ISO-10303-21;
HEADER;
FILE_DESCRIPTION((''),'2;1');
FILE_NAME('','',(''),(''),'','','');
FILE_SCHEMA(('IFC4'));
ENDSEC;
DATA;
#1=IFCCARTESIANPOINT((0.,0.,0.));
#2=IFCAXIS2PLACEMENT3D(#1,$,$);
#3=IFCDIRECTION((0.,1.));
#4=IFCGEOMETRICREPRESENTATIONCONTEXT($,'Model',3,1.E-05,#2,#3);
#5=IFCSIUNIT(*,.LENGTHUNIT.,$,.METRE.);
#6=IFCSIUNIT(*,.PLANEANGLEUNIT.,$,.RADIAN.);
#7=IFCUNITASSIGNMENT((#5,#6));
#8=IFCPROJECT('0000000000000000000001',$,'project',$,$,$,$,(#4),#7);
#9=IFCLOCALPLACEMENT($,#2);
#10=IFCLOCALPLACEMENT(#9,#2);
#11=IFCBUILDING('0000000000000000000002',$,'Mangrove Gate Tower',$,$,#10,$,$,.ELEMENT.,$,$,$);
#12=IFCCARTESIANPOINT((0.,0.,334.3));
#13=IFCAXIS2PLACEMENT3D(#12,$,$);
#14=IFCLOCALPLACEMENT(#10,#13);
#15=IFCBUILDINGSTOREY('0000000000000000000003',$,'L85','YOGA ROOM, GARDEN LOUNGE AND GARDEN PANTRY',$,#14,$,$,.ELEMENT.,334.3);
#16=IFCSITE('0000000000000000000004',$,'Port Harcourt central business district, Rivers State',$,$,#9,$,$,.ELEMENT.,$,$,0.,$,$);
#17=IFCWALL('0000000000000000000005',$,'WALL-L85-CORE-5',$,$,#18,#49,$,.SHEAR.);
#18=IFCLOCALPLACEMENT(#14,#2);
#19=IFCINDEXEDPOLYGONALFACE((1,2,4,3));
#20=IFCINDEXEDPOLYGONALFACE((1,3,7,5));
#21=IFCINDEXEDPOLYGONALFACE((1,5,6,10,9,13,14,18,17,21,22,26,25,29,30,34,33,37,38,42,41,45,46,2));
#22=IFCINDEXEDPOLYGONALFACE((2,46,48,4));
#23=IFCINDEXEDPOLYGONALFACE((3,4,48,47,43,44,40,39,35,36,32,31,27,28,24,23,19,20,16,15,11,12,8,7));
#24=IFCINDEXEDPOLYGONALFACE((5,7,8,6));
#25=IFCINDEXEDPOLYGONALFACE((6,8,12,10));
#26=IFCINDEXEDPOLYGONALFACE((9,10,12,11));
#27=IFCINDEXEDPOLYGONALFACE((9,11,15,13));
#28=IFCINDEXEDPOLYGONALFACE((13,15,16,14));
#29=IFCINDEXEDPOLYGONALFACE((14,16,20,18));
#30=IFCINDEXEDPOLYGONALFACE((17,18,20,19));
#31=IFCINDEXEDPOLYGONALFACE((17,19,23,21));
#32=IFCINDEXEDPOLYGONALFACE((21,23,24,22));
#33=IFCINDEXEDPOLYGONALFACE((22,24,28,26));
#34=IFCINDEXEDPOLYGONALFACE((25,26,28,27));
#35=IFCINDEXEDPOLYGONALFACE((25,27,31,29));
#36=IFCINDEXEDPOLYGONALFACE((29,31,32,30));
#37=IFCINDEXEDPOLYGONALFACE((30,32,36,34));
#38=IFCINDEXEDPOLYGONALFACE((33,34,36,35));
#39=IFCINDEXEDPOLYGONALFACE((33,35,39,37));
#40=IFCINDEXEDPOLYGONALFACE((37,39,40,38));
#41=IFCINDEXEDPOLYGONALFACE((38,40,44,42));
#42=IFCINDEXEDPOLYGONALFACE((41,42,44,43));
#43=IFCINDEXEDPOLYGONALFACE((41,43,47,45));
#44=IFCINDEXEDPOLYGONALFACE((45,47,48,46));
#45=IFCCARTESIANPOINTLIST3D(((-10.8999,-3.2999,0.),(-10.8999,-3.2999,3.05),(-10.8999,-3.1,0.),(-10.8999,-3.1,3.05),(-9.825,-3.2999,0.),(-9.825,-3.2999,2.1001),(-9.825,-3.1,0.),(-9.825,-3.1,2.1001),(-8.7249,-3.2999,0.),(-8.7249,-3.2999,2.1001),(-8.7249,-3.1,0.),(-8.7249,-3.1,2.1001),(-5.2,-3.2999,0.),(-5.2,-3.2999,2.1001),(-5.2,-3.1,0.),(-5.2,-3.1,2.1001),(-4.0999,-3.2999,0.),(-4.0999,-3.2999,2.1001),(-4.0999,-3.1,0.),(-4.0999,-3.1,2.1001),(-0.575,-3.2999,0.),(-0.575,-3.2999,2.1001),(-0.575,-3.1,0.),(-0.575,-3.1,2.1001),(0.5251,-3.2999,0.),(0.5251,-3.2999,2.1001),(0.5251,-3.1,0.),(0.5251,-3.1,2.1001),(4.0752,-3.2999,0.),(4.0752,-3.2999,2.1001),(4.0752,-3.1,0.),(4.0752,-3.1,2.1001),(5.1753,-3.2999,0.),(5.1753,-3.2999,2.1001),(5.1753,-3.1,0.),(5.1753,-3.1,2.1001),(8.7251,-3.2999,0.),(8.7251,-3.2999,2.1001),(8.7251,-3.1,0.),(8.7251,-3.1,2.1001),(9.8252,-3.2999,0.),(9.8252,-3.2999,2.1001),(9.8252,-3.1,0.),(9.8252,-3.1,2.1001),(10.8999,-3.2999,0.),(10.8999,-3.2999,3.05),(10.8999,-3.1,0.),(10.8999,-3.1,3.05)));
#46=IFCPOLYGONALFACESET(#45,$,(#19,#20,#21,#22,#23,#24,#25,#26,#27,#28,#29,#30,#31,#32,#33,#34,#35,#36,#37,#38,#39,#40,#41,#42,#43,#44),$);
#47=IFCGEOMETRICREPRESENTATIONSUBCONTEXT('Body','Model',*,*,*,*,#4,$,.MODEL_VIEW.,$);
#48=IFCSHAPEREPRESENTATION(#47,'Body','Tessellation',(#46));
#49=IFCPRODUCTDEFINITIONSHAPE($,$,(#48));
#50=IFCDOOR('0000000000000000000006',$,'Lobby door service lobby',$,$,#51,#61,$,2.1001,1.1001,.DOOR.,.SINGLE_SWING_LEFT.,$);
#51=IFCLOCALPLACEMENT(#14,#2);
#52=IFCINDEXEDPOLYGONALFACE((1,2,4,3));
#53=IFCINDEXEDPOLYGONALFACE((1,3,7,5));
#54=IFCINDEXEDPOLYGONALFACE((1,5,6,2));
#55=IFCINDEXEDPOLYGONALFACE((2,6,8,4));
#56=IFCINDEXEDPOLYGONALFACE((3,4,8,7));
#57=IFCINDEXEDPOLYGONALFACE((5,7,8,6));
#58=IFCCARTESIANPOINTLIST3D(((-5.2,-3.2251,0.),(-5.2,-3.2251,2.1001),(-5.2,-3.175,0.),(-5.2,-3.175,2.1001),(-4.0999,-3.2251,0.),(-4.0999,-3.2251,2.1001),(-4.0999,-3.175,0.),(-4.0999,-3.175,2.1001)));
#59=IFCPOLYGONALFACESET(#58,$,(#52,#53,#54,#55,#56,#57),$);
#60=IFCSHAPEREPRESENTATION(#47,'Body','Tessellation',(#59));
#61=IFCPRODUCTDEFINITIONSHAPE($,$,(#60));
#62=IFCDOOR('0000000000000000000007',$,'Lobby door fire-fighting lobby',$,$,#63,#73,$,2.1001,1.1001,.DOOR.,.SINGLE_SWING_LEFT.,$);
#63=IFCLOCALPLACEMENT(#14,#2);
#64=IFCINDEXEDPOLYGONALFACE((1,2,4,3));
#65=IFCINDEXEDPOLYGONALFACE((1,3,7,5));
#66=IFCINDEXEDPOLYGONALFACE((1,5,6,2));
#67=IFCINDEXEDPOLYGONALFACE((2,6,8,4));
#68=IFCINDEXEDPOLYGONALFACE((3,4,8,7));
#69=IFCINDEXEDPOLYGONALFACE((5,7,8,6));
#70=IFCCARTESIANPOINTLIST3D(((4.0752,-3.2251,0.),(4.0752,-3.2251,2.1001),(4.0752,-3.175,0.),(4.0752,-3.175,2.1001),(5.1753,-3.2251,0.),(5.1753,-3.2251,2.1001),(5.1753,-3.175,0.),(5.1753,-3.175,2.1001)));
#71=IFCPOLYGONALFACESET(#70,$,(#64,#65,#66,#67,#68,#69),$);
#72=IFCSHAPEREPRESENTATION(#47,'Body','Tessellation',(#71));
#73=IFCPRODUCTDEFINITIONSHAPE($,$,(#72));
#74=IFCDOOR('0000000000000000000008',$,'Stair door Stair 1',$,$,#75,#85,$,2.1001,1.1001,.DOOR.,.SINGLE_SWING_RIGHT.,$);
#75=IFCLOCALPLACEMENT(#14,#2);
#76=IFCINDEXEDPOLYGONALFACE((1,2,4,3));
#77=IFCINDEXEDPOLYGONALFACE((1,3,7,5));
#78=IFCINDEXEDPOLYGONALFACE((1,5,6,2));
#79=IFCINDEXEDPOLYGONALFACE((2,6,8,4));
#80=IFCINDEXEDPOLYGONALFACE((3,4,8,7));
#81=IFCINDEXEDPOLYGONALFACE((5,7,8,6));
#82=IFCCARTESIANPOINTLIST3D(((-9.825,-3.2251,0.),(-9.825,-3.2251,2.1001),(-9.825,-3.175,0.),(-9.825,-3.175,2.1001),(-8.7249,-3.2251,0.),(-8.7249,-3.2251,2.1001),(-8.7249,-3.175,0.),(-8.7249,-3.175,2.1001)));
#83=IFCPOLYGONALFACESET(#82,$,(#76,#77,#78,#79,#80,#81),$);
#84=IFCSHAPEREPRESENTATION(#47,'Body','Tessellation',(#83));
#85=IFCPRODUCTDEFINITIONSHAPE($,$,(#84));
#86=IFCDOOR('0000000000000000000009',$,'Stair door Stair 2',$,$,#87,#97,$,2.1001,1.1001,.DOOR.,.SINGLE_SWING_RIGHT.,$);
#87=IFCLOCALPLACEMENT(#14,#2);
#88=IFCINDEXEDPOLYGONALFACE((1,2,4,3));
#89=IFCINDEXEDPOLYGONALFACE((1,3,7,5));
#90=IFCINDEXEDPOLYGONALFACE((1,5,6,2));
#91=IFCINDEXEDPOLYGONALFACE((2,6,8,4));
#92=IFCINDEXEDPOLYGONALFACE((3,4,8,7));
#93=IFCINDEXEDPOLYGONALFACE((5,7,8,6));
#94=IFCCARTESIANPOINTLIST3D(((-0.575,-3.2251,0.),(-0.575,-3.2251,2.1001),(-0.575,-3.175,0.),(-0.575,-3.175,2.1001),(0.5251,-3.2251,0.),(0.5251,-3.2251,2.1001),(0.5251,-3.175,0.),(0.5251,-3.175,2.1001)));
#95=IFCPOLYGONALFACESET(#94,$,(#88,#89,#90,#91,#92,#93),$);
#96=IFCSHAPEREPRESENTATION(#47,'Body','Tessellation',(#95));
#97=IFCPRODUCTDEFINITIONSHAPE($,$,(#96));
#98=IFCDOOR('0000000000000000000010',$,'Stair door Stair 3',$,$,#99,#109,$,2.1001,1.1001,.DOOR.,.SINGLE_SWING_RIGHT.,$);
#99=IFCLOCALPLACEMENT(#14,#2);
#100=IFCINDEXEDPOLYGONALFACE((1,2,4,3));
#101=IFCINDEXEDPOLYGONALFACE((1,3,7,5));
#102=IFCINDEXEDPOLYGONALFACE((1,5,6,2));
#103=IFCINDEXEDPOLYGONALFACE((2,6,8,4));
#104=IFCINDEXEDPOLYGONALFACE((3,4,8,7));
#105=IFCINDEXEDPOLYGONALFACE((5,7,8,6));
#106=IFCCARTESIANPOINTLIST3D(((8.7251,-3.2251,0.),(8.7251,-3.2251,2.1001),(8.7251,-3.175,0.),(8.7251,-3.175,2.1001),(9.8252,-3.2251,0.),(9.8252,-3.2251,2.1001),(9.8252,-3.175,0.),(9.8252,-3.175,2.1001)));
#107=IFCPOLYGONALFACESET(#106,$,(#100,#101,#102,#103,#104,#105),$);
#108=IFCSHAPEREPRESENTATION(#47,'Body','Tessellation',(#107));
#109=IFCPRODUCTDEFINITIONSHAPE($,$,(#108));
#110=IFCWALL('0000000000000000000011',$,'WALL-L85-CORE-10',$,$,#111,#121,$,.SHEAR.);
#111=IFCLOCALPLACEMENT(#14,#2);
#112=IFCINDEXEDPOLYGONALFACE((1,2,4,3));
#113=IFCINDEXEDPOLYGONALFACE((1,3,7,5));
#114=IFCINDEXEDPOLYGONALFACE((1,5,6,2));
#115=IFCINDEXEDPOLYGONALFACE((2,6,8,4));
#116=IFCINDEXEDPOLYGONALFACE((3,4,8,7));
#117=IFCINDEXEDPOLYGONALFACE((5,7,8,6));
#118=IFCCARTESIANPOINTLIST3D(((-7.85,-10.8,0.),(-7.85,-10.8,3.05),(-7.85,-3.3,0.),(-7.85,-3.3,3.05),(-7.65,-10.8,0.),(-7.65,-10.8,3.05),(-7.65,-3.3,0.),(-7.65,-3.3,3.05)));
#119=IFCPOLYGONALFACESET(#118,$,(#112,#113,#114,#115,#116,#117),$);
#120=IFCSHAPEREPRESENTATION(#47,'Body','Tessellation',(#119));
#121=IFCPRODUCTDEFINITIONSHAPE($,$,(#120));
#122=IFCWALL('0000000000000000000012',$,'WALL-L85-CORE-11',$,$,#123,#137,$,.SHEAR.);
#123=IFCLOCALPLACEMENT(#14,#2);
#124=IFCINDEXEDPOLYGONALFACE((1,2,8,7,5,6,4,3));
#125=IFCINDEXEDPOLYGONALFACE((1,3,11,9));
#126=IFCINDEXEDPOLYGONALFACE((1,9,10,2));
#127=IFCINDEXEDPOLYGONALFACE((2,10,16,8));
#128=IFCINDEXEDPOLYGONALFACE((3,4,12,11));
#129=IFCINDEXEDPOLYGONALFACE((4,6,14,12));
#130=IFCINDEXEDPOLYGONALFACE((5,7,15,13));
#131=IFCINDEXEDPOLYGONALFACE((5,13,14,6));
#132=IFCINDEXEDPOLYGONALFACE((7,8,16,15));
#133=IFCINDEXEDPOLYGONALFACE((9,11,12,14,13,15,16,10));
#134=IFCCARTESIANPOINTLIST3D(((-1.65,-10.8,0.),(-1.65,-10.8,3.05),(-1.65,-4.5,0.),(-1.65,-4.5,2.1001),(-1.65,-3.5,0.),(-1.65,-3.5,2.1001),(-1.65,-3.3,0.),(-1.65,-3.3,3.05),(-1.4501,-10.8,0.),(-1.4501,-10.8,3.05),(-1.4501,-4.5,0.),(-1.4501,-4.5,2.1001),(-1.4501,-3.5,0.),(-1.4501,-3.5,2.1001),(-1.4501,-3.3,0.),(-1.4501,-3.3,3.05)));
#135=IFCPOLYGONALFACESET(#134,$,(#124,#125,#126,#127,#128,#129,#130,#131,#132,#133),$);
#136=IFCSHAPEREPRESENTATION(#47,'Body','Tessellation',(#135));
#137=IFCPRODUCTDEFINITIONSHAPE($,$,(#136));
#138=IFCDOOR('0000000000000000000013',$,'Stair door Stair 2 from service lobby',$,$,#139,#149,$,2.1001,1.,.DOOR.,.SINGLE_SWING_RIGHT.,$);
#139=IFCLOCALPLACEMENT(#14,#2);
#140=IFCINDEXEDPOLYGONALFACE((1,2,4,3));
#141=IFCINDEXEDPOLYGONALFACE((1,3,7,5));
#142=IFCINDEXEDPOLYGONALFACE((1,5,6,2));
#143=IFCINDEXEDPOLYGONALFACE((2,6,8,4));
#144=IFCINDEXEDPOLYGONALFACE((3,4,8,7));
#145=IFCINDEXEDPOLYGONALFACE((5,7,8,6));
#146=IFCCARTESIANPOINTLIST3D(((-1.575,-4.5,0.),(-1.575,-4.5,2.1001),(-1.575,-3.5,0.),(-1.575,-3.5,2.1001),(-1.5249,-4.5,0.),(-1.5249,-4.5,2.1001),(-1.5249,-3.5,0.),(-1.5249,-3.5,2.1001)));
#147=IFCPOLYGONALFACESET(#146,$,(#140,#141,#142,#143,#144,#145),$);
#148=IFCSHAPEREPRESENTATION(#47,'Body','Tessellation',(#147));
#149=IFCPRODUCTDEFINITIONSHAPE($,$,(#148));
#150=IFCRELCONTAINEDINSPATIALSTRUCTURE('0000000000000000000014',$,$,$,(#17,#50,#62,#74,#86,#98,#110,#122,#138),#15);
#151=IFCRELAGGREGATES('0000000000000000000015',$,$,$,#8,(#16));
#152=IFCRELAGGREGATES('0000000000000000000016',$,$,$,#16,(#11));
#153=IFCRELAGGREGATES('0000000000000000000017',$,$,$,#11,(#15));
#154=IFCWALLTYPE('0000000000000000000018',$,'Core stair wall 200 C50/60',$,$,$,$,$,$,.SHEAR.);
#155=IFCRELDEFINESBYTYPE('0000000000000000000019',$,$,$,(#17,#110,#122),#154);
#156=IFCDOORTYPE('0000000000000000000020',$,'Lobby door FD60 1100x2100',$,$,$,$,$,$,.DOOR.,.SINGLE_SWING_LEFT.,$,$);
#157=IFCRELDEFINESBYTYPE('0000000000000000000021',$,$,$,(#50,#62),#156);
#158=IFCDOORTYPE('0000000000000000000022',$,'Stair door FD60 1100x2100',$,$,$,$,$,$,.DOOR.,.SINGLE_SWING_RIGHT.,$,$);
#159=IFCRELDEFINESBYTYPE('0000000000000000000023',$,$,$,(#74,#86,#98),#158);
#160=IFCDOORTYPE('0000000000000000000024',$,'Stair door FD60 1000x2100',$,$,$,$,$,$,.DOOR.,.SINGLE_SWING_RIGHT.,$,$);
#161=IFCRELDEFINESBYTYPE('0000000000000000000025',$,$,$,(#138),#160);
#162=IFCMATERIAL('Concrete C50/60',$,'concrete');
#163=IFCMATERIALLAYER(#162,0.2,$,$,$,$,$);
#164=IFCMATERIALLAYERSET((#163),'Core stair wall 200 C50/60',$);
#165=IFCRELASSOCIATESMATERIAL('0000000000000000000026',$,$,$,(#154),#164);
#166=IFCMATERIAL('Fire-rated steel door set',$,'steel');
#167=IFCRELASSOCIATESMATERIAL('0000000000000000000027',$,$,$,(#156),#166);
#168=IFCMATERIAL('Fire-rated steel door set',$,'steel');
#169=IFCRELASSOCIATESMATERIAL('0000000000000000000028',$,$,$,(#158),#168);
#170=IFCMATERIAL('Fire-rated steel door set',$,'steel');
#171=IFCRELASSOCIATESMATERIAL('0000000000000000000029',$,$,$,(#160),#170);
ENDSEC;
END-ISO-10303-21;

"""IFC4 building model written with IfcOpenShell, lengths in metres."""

from ifc_helpers import new_model, si_unit, direction, frame, frame_2d, origin, place, context, subcontext, project, spatial, rectangle, extrude, material, layer, layer_set, type_object, element, fill, save


model = new_model("IFC4")

# Units and contexts
model_context = context("Model", 3, precision=1e-05, world=origin(), true_north=direction((0.0, 1.0)))
body_context = subcontext(model_context, "Body", "Model", "MODEL_VIEW")
ifc_project = project(units=[si_unit("LENGTHUNIT", "METRE"), si_unit("PLANEANGLEUNIT", "RADIAN")], contexts=[model_context])

# Site, building, storey
site_placement = place(None, origin())
site = spatial("IfcSite", under=ifc_project, at=site_placement, Name="Port Harcourt central business district, Rivers State", CompositionType="ELEMENT", RefElevation=0.0)
building_placement = place(site_placement, origin())
building = spatial("IfcBuilding", under=site, at=building_placement, Name="Mangrove Gate Tower", CompositionType="ELEMENT")
storey_placement = place(building_placement, frame((0.0, 0.0, 334.3)))
storey = spatial("IfcBuildingStorey", under=building, at=storey_placement, Name="L85", Description="YOGA ROOM, GARDEN LOUNGE AND GARDEN PANTRY", CompositionType="ELEMENT", Elevation=334.3)

# Wall, openings, doors
ifc_material_1 = material(Name="Concrete C50/60", Category="concrete")
ifc_layer_1 = layer(ifc_material_1, 0.2)
ifc_layer_set_1 = layer_set([ifc_layer_1], Name="Core stair wall 200 C50/60")
wall_type_1 = type_object("IfcWallType", Name="Core stair wall 200 C50/60", PredefinedType="SHEAR", material=ifc_layer_set_1)
wall_1_placement = place(storey_placement, frame((-10.8999, -3.2, 0.0), z_axis=(0.0, 0.0, 1.0), x_axis=(1.0, 0.0, 0.0)))
wall_1 = element("IfcWall", 1, at=wall_1_placement, inside=storey, type_object=wall_type_1, Name="WALL-L85-CORE-5", PredefinedType="SHEAR", context=body_context, shape_type="SweptSolid", body=[
    extrude(rectangle(XDim=21.7998, YDim=0.2, at=frame_2d((10.8999, 0.0))), origin(), (0.0, 0.0, 1.0), 3.05),
])
opening_1_placement = place(wall_1_placement, frame((1.075, 0.0, 0.0)))
opening_1 = element("IfcOpeningElement", 2, at=opening_1_placement, cuts=wall_1, PredefinedType="OPENING", context=body_context, shape_type="SweptSolid", body=[
    extrude(rectangle(XDim=1.1001, YDim=2.1001, at=frame_2d((0.55, 1.05))), frame((0.0, 0.1099, 0.0), z_axis=(0.0, -1.0, 0.0), x_axis=(1.0, 0.0, 0.0)), (0.0, 0.0, 1.0), 0.22),
])
opening_2_placement = place(wall_1_placement, frame((10.325, 0.0, 0.0)))
opening_2 = element("IfcOpeningElement", 3, at=opening_2_placement, cuts=wall_1, PredefinedType="OPENING", context=body_context, shape_type="SweptSolid", body=[
    extrude(rectangle(XDim=1.1001, YDim=2.1001, at=frame_2d((0.55, 1.05))), frame((0.0, 0.1099, 0.0), z_axis=(0.0, -1.0, 0.0), x_axis=(1.0, 0.0, 0.0)), (0.0, 0.0, 1.0), 0.22),
])
opening_3_placement = place(wall_1_placement, frame((19.625, 0.0, 0.0)))
opening_3 = element("IfcOpeningElement", 4, at=opening_3_placement, cuts=wall_1, PredefinedType="OPENING", context=body_context, shape_type="SweptSolid", body=[
    extrude(rectangle(XDim=1.1001, YDim=2.1001, at=frame_2d((0.55, 1.05))), frame((0.0, 0.1099, 0.0), z_axis=(0.0, -1.0, 0.0), x_axis=(1.0, 0.0, 0.0)), (0.0, 0.0, 1.0), 0.22),
])
opening_4_placement = place(wall_1_placement, frame((5.7, 0.0, 0.0)))
opening_4 = element("IfcOpeningElement", 5, at=opening_4_placement, cuts=wall_1, PredefinedType="OPENING", context=body_context, shape_type="SweptSolid", body=[
    extrude(rectangle(XDim=1.1001, YDim=2.1001, at=frame_2d((0.55, 1.05))), frame((0.0, 0.1099, 0.0), z_axis=(0.0, -1.0, 0.0), x_axis=(1.0, 0.0, 0.0)), (0.0, 0.0, 1.0), 0.22),
])
opening_5_placement = place(wall_1_placement, frame((14.9751, 0.0, 0.0)))
opening_5 = element("IfcOpeningElement", 6, at=opening_5_placement, cuts=wall_1, PredefinedType="OPENING", context=body_context, shape_type="SweptSolid", body=[
    extrude(rectangle(XDim=1.1001, YDim=2.1001, at=frame_2d((0.55, 1.05))), frame((0.0, 0.1099, 0.0), z_axis=(0.0, -1.0, 0.0), x_axis=(1.0, 0.0, 0.0)), (0.0, 0.0, 1.0), 0.22),
])
ifc_material_2 = material(Name="Fire-rated steel door set", Category="steel")
door_type_1 = type_object("IfcDoorType", Name="Lobby door FD60 1100x2100", OperationType="SINGLE_SWING_LEFT", PredefinedType="DOOR", material=ifc_material_2)
door_1_placement = place(opening_4_placement, origin())
door_1 = element("IfcDoor", 7, at=door_1_placement, inside=storey, type_object=door_type_1, Name="Lobby door service lobby", OperationType="SINGLE_SWING_LEFT", OverallHeight=2.1001, OverallWidth=1.1001, PredefinedType="DOOR", context=body_context, shape_type="SweptSolid", body=[
    extrude(rectangle(XDim=1.1001, YDim=2.1001, at=frame_2d((0.55, 1.05))), frame((0.0, 0.0249, 0.0), z_axis=(0.0, -1.0, 0.0), x_axis=(1.0, 0.0, 0.0)), (0.0, 0.0, 1.0), 0.05),
])
fill(opening_4, door_1)
door_2_placement = place(opening_5_placement, origin())
door_2 = element("IfcDoor", 8, at=door_2_placement, inside=storey, type_object=door_type_1, Name="Lobby door fire-fighting lobby", OperationType="SINGLE_SWING_LEFT", OverallHeight=2.1001, OverallWidth=1.1001, PredefinedType="DOOR", context=body_context, shape_type="SweptSolid", body=[
    extrude(rectangle(XDim=1.1001, YDim=2.1001, at=frame_2d((0.55, 1.05))), frame((0.0, 0.0249, 0.0), z_axis=(0.0, -1.0, 0.0), x_axis=(1.0, 0.0, 0.0)), (0.0, 0.0, 1.0), 0.05),
])
fill(opening_5, door_2)
ifc_material_3 = material(Name="Fire-rated steel door set", Category="steel")
door_type_2 = type_object("IfcDoorType", Name="Stair door FD60 1100x2100", OperationType="SINGLE_SWING_RIGHT", PredefinedType="DOOR", material=ifc_material_3)
door_3_placement = place(opening_1_placement, origin())
door_3 = element("IfcDoor", 9, at=door_3_placement, inside=storey, type_object=door_type_2, Name="Stair door Stair 1", OperationType="SINGLE_SWING_RIGHT", OverallHeight=2.1001, OverallWidth=1.1001, PredefinedType="DOOR", context=body_context, shape_type="SweptSolid", body=[
    extrude(rectangle(XDim=1.1001, YDim=2.1001, at=frame_2d((0.55, 1.05))), frame((0.0, 0.0249, 0.0), z_axis=(0.0, -1.0, 0.0), x_axis=(1.0, 0.0, 0.0)), (0.0, 0.0, 1.0), 0.05),
])
fill(opening_1, door_3)
door_4_placement = place(opening_2_placement, origin())
door_4 = element("IfcDoor", 10, at=door_4_placement, inside=storey, type_object=door_type_2, Name="Stair door Stair 2", OperationType="SINGLE_SWING_RIGHT", OverallHeight=2.1001, OverallWidth=1.1001, PredefinedType="DOOR", context=body_context, shape_type="SweptSolid", body=[
    extrude(rectangle(XDim=1.1001, YDim=2.1001, at=frame_2d((0.55, 1.05))), frame((0.0, 0.0249, 0.0), z_axis=(0.0, -1.0, 0.0), x_axis=(1.0, 0.0, 0.0)), (0.0, 0.0, 1.0), 0.05),
])
fill(opening_2, door_4)
door_5_placement = place(opening_3_placement, origin())
door_5 = element("IfcDoor", 11, at=door_5_placement, inside=storey, type_object=door_type_2, Name="Stair door Stair 3", OperationType="SINGLE_SWING_RIGHT", OverallHeight=2.1001, OverallWidth=1.1001, PredefinedType="DOOR", context=body_context, shape_type="SweptSolid", body=[
    extrude(rectangle(XDim=1.1001, YDim=2.1001, at=frame_2d((0.55, 1.05))), frame((0.0, 0.0249, 0.0), z_axis=(0.0, -1.0, 0.0), x_axis=(1.0, 0.0, 0.0)), (0.0, 0.0, 1.0), 0.05),
])
fill(opening_3, door_5)

# Wall
wall_2_placement = place(storey_placement, frame((-7.75, -10.8, 0.0), z_axis=(0.0, 0.0, 1.0), x_axis=(0.0, 1.0, 0.0)))
element("IfcWall", 12, at=wall_2_placement, inside=storey, type_object=wall_type_1, Name="WALL-L85-CORE-10", PredefinedType="SHEAR", context=body_context, shape_type="SweptSolid", body=[
    extrude(rectangle(XDim=7.5, YDim=0.2, at=frame_2d((3.75, 0.0))), origin(), (0.0, 0.0, 1.0), 3.05),
])

# Wall, opening, door
wall_3_placement = place(storey_placement, frame((-1.55, -10.8, 0.0), z_axis=(0.0, 0.0, 1.0), x_axis=(0.0, 1.0, 0.0)))
wall_3 = element("IfcWall", 13, at=wall_3_placement, inside=storey, type_object=wall_type_1, Name="WALL-L85-CORE-11", PredefinedType="SHEAR", context=body_context, shape_type="SweptSolid", body=[
    extrude(rectangle(XDim=7.5, YDim=0.2, at=frame_2d((3.75, 0.0))), origin(), (0.0, 0.0, 1.0), 3.05),
])
opening_6_placement = place(wall_3_placement, frame((6.3, 0.0, 0.0)))
opening_6 = element("IfcOpeningElement", 14, at=opening_6_placement, cuts=wall_3, PredefinedType="OPENING", context=body_context, shape_type="SweptSolid", body=[
    extrude(rectangle(XDim=1.0, YDim=2.1001, at=frame_2d((0.5, 1.05))), frame((0.0, 0.1099, 0.0), z_axis=(0.0, -1.0, 0.0), x_axis=(1.0, 0.0, 0.0)), (0.0, 0.0, 1.0), 0.22),
])
ifc_material_4 = material(Name="Fire-rated steel door set", Category="steel")
door_type_3 = type_object("IfcDoorType", Name="Stair door FD60 1000x2100", OperationType="SINGLE_SWING_RIGHT", PredefinedType="DOOR", material=ifc_material_4)
door_6_placement = place(opening_6_placement, origin())
door_6 = element("IfcDoor", 15, at=door_6_placement, inside=storey, type_object=door_type_3, Name="Stair door Stair 2 from service lobby", OperationType="SINGLE_SWING_RIGHT", OverallHeight=2.1001, OverallWidth=1.0, PredefinedType="DOOR", context=body_context, shape_type="SweptSolid", body=[
    extrude(rectangle(XDim=1.0, YDim=2.1001, at=frame_2d((0.5, 1.05))), frame((0.0, 0.0249, 0.0), z_axis=(0.0, -1.0, 0.0), x_axis=(1.0, 0.0, 0.0)), (0.0, 0.0, 1.0), 0.05),
])
fill(opening_6, door_6)

save(model, "model.ifc")
